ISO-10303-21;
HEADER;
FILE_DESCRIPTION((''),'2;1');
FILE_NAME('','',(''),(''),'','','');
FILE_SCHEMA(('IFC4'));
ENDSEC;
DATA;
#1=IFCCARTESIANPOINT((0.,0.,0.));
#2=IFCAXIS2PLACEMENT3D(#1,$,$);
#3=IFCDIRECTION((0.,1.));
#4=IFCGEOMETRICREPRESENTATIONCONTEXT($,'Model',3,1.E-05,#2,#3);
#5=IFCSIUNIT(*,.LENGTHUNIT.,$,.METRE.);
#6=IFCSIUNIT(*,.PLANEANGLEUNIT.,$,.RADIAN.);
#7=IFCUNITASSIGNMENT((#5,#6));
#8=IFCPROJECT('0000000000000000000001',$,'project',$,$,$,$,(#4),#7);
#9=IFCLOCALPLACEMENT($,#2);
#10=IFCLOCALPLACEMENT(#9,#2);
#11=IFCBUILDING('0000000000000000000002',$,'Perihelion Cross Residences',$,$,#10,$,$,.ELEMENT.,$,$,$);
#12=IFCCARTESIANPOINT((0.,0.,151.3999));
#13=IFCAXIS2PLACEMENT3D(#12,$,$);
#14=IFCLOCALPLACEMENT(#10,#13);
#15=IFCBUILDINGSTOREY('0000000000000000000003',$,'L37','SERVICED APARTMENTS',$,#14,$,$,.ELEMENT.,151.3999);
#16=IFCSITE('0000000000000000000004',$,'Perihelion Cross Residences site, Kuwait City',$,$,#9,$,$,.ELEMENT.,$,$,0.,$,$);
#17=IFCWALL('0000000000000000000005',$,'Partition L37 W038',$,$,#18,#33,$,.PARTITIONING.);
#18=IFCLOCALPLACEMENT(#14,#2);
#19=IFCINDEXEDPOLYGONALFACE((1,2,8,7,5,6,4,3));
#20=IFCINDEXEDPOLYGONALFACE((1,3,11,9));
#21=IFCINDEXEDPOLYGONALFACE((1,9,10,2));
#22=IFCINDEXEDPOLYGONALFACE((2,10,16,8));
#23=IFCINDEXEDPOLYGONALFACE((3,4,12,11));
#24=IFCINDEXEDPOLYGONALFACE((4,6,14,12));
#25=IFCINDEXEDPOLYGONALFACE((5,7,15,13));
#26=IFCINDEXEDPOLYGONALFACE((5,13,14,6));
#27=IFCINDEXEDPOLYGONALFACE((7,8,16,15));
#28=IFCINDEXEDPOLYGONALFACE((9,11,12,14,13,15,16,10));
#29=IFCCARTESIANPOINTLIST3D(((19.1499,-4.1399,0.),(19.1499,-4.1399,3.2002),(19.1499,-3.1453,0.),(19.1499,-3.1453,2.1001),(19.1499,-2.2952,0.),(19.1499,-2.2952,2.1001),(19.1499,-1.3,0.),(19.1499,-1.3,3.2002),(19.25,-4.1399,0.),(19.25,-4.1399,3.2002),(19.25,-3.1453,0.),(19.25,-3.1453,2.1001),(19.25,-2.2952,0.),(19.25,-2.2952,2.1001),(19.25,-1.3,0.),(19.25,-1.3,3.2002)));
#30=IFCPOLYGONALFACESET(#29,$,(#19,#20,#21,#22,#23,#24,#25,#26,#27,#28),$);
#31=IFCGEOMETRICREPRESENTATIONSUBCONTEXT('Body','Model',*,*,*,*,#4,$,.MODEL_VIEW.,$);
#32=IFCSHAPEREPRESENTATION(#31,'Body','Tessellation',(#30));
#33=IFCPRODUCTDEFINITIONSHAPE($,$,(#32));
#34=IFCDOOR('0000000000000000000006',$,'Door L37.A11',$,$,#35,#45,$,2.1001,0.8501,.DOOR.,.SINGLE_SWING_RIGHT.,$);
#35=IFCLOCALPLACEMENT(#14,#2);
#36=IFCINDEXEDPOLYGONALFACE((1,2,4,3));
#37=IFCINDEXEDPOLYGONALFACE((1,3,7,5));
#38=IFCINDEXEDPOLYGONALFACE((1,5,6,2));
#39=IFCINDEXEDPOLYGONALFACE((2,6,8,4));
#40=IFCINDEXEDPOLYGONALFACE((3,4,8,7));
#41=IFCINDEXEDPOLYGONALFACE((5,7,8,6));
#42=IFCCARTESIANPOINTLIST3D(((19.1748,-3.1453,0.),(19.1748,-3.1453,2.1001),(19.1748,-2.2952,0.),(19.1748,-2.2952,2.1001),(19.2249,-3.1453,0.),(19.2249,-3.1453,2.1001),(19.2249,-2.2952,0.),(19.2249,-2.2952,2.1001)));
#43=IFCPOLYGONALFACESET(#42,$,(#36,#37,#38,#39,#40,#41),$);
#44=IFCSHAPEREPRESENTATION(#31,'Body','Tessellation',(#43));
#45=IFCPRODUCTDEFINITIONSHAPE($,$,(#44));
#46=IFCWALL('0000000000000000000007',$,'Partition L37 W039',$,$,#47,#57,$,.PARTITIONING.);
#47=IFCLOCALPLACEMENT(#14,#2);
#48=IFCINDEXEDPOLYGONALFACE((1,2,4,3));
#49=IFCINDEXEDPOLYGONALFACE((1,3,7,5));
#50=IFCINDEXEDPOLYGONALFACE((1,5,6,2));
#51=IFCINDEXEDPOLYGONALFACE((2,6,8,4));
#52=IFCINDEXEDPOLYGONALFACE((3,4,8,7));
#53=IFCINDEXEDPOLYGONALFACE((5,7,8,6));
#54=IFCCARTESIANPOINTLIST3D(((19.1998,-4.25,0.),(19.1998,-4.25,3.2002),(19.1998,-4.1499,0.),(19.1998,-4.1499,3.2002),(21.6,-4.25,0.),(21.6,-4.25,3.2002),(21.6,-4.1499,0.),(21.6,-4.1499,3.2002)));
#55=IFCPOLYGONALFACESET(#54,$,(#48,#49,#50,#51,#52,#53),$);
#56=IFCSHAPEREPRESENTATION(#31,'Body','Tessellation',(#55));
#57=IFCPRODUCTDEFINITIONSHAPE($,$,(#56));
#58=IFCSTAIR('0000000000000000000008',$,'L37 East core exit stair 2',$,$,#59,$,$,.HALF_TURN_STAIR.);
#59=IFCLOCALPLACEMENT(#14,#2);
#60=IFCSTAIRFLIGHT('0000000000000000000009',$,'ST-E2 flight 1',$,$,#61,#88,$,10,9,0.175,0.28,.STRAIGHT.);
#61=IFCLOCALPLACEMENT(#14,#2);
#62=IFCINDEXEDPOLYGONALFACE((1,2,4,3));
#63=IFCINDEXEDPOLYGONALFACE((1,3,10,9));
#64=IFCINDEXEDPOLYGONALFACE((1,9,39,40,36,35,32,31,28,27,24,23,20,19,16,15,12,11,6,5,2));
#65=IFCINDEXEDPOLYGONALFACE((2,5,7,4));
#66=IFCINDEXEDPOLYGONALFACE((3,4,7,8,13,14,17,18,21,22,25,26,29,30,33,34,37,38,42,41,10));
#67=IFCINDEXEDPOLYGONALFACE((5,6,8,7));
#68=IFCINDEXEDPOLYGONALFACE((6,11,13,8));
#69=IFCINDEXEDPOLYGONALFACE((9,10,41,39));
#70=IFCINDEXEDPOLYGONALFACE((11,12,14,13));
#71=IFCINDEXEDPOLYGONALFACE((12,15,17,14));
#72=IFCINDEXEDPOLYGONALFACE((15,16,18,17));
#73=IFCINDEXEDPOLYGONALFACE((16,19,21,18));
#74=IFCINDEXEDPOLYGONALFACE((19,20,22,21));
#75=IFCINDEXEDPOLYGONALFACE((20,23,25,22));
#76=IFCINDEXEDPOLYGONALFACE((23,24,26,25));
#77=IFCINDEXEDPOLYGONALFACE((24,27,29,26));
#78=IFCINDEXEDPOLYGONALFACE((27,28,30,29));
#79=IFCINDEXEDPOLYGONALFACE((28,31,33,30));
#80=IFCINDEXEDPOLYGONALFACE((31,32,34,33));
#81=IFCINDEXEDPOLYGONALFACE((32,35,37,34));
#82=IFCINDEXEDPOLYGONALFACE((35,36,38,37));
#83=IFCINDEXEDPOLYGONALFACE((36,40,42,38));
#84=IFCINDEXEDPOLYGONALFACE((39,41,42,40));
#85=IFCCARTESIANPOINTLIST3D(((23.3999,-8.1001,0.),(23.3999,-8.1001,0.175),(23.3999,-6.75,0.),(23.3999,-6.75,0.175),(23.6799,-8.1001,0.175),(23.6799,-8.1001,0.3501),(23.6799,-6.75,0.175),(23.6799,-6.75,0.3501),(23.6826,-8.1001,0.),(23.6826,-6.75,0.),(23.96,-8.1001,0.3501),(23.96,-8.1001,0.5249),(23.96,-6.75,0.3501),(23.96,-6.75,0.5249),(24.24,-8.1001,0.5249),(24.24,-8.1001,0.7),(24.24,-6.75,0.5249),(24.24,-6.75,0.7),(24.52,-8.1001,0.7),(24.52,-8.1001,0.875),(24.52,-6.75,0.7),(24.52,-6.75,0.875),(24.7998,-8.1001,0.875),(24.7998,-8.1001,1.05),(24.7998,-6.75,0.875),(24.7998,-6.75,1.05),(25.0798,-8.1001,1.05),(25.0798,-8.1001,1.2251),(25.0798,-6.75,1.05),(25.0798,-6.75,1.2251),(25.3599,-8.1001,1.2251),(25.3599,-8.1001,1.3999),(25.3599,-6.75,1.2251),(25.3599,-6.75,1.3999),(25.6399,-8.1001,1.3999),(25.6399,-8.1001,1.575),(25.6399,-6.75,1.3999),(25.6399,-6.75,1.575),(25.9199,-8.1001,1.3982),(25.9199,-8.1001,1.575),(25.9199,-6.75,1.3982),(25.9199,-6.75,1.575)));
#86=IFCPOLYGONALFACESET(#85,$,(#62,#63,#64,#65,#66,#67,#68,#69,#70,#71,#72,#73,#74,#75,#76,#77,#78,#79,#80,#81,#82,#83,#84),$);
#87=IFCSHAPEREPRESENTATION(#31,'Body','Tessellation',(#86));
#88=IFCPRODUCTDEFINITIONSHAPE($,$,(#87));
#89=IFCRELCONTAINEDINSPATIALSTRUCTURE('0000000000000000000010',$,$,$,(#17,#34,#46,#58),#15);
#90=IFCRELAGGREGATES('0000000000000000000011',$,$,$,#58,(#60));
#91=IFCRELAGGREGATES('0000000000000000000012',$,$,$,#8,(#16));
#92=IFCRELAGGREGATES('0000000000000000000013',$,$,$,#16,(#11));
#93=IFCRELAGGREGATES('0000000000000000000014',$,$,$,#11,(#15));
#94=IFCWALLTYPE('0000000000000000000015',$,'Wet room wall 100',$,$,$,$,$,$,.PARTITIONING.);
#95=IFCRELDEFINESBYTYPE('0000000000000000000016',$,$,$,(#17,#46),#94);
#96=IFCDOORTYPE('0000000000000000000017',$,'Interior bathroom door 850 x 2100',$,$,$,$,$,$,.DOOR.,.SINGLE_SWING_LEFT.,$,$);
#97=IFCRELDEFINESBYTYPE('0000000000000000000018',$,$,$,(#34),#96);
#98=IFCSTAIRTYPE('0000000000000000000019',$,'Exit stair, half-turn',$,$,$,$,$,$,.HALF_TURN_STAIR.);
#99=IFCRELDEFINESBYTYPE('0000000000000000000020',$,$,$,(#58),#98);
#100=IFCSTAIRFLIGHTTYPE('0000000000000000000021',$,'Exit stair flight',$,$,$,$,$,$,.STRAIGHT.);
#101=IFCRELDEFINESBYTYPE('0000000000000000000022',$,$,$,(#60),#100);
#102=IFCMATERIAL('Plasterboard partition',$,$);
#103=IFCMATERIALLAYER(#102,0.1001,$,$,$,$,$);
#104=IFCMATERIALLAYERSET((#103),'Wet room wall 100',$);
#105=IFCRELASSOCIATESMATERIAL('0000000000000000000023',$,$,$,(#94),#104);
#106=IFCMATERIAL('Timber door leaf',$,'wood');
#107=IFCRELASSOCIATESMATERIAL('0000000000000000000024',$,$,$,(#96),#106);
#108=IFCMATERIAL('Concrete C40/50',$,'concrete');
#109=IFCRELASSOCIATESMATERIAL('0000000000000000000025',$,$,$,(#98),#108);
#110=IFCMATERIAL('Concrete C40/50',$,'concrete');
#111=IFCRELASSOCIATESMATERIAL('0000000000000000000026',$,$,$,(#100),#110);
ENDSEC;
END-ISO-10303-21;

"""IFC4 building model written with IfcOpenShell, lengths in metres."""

from ifc_helpers import new_model, si_unit, direction, frame, frame_2d, origin, place, context, subcontext, project, spatial, polyline, rectangle, outline, extrude, material, layer, layer_set, type_object, element, fill, aggregate, save


model = new_model("IFC4")

# Units and contexts
model_context = context("Model", 3, precision=1e-05, world=origin(), true_north=direction((0.0, 1.0)))
body_context = subcontext(model_context, "Body", "Model", "MODEL_VIEW")
ifc_project = project(units=[si_unit("LENGTHUNIT", "METRE"), si_unit("PLANEANGLEUNIT", "RADIAN")], contexts=[model_context])

# Site, building, storey
site_placement = place(None, origin())
site = spatial("IfcSite", under=ifc_project, at=site_placement, Name="Perihelion Cross Residences site, Kuwait City", CompositionType="ELEMENT", RefElevation=0.0)
building_placement = place(site_placement, origin())
building = spatial("IfcBuilding", under=site, at=building_placement, Name="Perihelion Cross Residences", CompositionType="ELEMENT")
storey_placement = place(building_placement, frame((0.0, 0.0, 151.3999)))
storey = spatial("IfcBuildingStorey", under=building, at=storey_placement, Name="L37", Description="SERVICED APARTMENTS", CompositionType="ELEMENT", Elevation=151.3999)

# Wall, opening, door
ifc_material_1 = material(Name="Plasterboard partition")
ifc_layer_1 = layer(ifc_material_1, 0.1001)
ifc_layer_set_1 = layer_set([ifc_layer_1], Name="Wet room wall 100")
wall_type_1 = type_object("IfcWallType", Name="Wet room wall 100", PredefinedType="PARTITIONING", material=ifc_layer_set_1)
wall_1_placement = place(storey_placement, frame((19.2, -1.3, 0.0), z_axis=(0.0, 0.0, 1.0), x_axis=(0.0, -1.0, 0.0)))
wall_1 = element("IfcWall", 1, at=wall_1_placement, inside=storey, type_object=wall_type_1, Name="Partition L37 W038", PredefinedType="PARTITIONING", context=body_context, shape_type="SweptSolid", body=[
    extrude(rectangle(XDim=2.8398, YDim=0.1001, at=frame_2d((1.4199, 0.0))), origin(), (0.0, 0.0, 1.0), 3.2002),
])
opening_1_placement = place(wall_1_placement, frame((0.9951, 0.0, 0.0)))
opening_1 = element("IfcOpeningElement", 2, at=opening_1_placement, cuts=wall_1, PredefinedType="OPENING", context=body_context, shape_type="SweptSolid", body=[
    extrude(rectangle(XDim=0.8501, YDim=2.1001, at=frame_2d((0.425, 1.05))), frame((0.0, 0.0601, 0.0), z_axis=(0.0, -1.0, 0.0), x_axis=(1.0, 0.0, 0.0)), (0.0, 0.0, 1.0), 0.1201),
])
ifc_material_2 = material(Name="Timber door leaf", Category="wood")
door_type_1 = type_object("IfcDoorType", Name="Interior bathroom door 850 x 2100", OperationType="SINGLE_SWING_LEFT", PredefinedType="DOOR", material=ifc_material_2)
door_1_placement = place(opening_1_placement, origin())
door_1 = element("IfcDoor", 3, at=door_1_placement, inside=storey, type_object=door_type_1, Name="Door L37.A11", OperationType="SINGLE_SWING_RIGHT", OverallHeight=2.1001, OverallWidth=0.8501, PredefinedType="DOOR", context=body_context, shape_type="SweptSolid", body=[
    extrude(rectangle(XDim=0.8501, YDim=2.1001, at=frame_2d((0.425, 1.05))), frame((0.0, 0.0249, 0.0), z_axis=(0.0, -1.0, 0.0), x_axis=(1.0, 0.0, 0.0)), (0.0, 0.0, 1.0), 0.05),
])
fill(opening_1, door_1)

# Wall
wall_2_placement = place(storey_placement, frame((21.6001, -4.2, 0.0), z_axis=(0.0, 0.0, 1.0), x_axis=(-1.0, 0.0, 0.0)))
element("IfcWall", 4, at=wall_2_placement, inside=storey, type_object=wall_type_1, Name="Partition L37 W039", PredefinedType="PARTITIONING", context=body_context, shape_type="SweptSolid", body=[
    extrude(rectangle(XDim=2.4001, YDim=0.1001, at=frame_2d((1.2002, 0.0))), origin(), (0.0, 0.0, 1.0), 3.2002),
])

# Stair, stair flight
ifc_material_3 = material(Name="Concrete C40/50", Category="concrete")
stair_type = type_object("IfcStairType", Name="Exit stair, half-turn", PredefinedType="HALF_TURN_STAIR", material=ifc_material_3)
stair_placement = place(storey_placement, origin())
stair = element("IfcStair", 5, at=stair_placement, inside=storey, type_object=stair_type, Name="L37 East core exit stair 2", PredefinedType="HALF_TURN_STAIR")
ifc_material_4 = material(Name="Concrete C40/50", Category="concrete")
stair_flight_type = type_object("IfcStairFlightType", Name="Exit stair flight", PredefinedType="STRAIGHT", material=ifc_material_4)
stair_flight_placement = place(storey_placement, frame((23.3999, -7.425, 0.0), z_axis=(0.0, 0.0, 1.0), x_axis=(1.0, 0.0, 0.0)))
stair_flight = element("IfcStairFlight", 6, at=stair_flight_placement, type_object=stair_flight_type, Name="ST-E2 flight 1", NumberOfRisers=10, NumberOfTreads=9, PredefinedType="STRAIGHT", RiserHeight=0.175, TreadLength=0.28, context=body_context, shape_type="SweptSolid", body=[
    extrude(outline(polyline([(0.0, 0.0), (0.0, 0.175), (0.28, 0.175), (0.28, 0.3501), (0.5601, 0.3501), (0.5601, 0.5249), (0.8401, 0.5249), (0.8401, 0.7), (1.1201, 0.7), (1.1201, 0.875), (1.3999, 0.875), (1.3999, 1.05), (1.6799, 1.05), (1.6799, 1.2251), (1.96, 1.2251), (1.96, 1.3999), (2.24, 1.3999), (2.24, 1.575), (2.52, 1.575), (2.52, 1.75), (2.52, 1.3982), (0.2827, 0.0), (0.0, 0.0)])), frame((0.0, 0.675, 0.0), z_axis=(0.0, -1.0, 0.0), x_axis=(1.0, 0.0, 0.0)), (0.0, 0.0, 1.0), 1.3501),
])
aggregate(stair, [stair_flight])

save(model, "model.ifc")
